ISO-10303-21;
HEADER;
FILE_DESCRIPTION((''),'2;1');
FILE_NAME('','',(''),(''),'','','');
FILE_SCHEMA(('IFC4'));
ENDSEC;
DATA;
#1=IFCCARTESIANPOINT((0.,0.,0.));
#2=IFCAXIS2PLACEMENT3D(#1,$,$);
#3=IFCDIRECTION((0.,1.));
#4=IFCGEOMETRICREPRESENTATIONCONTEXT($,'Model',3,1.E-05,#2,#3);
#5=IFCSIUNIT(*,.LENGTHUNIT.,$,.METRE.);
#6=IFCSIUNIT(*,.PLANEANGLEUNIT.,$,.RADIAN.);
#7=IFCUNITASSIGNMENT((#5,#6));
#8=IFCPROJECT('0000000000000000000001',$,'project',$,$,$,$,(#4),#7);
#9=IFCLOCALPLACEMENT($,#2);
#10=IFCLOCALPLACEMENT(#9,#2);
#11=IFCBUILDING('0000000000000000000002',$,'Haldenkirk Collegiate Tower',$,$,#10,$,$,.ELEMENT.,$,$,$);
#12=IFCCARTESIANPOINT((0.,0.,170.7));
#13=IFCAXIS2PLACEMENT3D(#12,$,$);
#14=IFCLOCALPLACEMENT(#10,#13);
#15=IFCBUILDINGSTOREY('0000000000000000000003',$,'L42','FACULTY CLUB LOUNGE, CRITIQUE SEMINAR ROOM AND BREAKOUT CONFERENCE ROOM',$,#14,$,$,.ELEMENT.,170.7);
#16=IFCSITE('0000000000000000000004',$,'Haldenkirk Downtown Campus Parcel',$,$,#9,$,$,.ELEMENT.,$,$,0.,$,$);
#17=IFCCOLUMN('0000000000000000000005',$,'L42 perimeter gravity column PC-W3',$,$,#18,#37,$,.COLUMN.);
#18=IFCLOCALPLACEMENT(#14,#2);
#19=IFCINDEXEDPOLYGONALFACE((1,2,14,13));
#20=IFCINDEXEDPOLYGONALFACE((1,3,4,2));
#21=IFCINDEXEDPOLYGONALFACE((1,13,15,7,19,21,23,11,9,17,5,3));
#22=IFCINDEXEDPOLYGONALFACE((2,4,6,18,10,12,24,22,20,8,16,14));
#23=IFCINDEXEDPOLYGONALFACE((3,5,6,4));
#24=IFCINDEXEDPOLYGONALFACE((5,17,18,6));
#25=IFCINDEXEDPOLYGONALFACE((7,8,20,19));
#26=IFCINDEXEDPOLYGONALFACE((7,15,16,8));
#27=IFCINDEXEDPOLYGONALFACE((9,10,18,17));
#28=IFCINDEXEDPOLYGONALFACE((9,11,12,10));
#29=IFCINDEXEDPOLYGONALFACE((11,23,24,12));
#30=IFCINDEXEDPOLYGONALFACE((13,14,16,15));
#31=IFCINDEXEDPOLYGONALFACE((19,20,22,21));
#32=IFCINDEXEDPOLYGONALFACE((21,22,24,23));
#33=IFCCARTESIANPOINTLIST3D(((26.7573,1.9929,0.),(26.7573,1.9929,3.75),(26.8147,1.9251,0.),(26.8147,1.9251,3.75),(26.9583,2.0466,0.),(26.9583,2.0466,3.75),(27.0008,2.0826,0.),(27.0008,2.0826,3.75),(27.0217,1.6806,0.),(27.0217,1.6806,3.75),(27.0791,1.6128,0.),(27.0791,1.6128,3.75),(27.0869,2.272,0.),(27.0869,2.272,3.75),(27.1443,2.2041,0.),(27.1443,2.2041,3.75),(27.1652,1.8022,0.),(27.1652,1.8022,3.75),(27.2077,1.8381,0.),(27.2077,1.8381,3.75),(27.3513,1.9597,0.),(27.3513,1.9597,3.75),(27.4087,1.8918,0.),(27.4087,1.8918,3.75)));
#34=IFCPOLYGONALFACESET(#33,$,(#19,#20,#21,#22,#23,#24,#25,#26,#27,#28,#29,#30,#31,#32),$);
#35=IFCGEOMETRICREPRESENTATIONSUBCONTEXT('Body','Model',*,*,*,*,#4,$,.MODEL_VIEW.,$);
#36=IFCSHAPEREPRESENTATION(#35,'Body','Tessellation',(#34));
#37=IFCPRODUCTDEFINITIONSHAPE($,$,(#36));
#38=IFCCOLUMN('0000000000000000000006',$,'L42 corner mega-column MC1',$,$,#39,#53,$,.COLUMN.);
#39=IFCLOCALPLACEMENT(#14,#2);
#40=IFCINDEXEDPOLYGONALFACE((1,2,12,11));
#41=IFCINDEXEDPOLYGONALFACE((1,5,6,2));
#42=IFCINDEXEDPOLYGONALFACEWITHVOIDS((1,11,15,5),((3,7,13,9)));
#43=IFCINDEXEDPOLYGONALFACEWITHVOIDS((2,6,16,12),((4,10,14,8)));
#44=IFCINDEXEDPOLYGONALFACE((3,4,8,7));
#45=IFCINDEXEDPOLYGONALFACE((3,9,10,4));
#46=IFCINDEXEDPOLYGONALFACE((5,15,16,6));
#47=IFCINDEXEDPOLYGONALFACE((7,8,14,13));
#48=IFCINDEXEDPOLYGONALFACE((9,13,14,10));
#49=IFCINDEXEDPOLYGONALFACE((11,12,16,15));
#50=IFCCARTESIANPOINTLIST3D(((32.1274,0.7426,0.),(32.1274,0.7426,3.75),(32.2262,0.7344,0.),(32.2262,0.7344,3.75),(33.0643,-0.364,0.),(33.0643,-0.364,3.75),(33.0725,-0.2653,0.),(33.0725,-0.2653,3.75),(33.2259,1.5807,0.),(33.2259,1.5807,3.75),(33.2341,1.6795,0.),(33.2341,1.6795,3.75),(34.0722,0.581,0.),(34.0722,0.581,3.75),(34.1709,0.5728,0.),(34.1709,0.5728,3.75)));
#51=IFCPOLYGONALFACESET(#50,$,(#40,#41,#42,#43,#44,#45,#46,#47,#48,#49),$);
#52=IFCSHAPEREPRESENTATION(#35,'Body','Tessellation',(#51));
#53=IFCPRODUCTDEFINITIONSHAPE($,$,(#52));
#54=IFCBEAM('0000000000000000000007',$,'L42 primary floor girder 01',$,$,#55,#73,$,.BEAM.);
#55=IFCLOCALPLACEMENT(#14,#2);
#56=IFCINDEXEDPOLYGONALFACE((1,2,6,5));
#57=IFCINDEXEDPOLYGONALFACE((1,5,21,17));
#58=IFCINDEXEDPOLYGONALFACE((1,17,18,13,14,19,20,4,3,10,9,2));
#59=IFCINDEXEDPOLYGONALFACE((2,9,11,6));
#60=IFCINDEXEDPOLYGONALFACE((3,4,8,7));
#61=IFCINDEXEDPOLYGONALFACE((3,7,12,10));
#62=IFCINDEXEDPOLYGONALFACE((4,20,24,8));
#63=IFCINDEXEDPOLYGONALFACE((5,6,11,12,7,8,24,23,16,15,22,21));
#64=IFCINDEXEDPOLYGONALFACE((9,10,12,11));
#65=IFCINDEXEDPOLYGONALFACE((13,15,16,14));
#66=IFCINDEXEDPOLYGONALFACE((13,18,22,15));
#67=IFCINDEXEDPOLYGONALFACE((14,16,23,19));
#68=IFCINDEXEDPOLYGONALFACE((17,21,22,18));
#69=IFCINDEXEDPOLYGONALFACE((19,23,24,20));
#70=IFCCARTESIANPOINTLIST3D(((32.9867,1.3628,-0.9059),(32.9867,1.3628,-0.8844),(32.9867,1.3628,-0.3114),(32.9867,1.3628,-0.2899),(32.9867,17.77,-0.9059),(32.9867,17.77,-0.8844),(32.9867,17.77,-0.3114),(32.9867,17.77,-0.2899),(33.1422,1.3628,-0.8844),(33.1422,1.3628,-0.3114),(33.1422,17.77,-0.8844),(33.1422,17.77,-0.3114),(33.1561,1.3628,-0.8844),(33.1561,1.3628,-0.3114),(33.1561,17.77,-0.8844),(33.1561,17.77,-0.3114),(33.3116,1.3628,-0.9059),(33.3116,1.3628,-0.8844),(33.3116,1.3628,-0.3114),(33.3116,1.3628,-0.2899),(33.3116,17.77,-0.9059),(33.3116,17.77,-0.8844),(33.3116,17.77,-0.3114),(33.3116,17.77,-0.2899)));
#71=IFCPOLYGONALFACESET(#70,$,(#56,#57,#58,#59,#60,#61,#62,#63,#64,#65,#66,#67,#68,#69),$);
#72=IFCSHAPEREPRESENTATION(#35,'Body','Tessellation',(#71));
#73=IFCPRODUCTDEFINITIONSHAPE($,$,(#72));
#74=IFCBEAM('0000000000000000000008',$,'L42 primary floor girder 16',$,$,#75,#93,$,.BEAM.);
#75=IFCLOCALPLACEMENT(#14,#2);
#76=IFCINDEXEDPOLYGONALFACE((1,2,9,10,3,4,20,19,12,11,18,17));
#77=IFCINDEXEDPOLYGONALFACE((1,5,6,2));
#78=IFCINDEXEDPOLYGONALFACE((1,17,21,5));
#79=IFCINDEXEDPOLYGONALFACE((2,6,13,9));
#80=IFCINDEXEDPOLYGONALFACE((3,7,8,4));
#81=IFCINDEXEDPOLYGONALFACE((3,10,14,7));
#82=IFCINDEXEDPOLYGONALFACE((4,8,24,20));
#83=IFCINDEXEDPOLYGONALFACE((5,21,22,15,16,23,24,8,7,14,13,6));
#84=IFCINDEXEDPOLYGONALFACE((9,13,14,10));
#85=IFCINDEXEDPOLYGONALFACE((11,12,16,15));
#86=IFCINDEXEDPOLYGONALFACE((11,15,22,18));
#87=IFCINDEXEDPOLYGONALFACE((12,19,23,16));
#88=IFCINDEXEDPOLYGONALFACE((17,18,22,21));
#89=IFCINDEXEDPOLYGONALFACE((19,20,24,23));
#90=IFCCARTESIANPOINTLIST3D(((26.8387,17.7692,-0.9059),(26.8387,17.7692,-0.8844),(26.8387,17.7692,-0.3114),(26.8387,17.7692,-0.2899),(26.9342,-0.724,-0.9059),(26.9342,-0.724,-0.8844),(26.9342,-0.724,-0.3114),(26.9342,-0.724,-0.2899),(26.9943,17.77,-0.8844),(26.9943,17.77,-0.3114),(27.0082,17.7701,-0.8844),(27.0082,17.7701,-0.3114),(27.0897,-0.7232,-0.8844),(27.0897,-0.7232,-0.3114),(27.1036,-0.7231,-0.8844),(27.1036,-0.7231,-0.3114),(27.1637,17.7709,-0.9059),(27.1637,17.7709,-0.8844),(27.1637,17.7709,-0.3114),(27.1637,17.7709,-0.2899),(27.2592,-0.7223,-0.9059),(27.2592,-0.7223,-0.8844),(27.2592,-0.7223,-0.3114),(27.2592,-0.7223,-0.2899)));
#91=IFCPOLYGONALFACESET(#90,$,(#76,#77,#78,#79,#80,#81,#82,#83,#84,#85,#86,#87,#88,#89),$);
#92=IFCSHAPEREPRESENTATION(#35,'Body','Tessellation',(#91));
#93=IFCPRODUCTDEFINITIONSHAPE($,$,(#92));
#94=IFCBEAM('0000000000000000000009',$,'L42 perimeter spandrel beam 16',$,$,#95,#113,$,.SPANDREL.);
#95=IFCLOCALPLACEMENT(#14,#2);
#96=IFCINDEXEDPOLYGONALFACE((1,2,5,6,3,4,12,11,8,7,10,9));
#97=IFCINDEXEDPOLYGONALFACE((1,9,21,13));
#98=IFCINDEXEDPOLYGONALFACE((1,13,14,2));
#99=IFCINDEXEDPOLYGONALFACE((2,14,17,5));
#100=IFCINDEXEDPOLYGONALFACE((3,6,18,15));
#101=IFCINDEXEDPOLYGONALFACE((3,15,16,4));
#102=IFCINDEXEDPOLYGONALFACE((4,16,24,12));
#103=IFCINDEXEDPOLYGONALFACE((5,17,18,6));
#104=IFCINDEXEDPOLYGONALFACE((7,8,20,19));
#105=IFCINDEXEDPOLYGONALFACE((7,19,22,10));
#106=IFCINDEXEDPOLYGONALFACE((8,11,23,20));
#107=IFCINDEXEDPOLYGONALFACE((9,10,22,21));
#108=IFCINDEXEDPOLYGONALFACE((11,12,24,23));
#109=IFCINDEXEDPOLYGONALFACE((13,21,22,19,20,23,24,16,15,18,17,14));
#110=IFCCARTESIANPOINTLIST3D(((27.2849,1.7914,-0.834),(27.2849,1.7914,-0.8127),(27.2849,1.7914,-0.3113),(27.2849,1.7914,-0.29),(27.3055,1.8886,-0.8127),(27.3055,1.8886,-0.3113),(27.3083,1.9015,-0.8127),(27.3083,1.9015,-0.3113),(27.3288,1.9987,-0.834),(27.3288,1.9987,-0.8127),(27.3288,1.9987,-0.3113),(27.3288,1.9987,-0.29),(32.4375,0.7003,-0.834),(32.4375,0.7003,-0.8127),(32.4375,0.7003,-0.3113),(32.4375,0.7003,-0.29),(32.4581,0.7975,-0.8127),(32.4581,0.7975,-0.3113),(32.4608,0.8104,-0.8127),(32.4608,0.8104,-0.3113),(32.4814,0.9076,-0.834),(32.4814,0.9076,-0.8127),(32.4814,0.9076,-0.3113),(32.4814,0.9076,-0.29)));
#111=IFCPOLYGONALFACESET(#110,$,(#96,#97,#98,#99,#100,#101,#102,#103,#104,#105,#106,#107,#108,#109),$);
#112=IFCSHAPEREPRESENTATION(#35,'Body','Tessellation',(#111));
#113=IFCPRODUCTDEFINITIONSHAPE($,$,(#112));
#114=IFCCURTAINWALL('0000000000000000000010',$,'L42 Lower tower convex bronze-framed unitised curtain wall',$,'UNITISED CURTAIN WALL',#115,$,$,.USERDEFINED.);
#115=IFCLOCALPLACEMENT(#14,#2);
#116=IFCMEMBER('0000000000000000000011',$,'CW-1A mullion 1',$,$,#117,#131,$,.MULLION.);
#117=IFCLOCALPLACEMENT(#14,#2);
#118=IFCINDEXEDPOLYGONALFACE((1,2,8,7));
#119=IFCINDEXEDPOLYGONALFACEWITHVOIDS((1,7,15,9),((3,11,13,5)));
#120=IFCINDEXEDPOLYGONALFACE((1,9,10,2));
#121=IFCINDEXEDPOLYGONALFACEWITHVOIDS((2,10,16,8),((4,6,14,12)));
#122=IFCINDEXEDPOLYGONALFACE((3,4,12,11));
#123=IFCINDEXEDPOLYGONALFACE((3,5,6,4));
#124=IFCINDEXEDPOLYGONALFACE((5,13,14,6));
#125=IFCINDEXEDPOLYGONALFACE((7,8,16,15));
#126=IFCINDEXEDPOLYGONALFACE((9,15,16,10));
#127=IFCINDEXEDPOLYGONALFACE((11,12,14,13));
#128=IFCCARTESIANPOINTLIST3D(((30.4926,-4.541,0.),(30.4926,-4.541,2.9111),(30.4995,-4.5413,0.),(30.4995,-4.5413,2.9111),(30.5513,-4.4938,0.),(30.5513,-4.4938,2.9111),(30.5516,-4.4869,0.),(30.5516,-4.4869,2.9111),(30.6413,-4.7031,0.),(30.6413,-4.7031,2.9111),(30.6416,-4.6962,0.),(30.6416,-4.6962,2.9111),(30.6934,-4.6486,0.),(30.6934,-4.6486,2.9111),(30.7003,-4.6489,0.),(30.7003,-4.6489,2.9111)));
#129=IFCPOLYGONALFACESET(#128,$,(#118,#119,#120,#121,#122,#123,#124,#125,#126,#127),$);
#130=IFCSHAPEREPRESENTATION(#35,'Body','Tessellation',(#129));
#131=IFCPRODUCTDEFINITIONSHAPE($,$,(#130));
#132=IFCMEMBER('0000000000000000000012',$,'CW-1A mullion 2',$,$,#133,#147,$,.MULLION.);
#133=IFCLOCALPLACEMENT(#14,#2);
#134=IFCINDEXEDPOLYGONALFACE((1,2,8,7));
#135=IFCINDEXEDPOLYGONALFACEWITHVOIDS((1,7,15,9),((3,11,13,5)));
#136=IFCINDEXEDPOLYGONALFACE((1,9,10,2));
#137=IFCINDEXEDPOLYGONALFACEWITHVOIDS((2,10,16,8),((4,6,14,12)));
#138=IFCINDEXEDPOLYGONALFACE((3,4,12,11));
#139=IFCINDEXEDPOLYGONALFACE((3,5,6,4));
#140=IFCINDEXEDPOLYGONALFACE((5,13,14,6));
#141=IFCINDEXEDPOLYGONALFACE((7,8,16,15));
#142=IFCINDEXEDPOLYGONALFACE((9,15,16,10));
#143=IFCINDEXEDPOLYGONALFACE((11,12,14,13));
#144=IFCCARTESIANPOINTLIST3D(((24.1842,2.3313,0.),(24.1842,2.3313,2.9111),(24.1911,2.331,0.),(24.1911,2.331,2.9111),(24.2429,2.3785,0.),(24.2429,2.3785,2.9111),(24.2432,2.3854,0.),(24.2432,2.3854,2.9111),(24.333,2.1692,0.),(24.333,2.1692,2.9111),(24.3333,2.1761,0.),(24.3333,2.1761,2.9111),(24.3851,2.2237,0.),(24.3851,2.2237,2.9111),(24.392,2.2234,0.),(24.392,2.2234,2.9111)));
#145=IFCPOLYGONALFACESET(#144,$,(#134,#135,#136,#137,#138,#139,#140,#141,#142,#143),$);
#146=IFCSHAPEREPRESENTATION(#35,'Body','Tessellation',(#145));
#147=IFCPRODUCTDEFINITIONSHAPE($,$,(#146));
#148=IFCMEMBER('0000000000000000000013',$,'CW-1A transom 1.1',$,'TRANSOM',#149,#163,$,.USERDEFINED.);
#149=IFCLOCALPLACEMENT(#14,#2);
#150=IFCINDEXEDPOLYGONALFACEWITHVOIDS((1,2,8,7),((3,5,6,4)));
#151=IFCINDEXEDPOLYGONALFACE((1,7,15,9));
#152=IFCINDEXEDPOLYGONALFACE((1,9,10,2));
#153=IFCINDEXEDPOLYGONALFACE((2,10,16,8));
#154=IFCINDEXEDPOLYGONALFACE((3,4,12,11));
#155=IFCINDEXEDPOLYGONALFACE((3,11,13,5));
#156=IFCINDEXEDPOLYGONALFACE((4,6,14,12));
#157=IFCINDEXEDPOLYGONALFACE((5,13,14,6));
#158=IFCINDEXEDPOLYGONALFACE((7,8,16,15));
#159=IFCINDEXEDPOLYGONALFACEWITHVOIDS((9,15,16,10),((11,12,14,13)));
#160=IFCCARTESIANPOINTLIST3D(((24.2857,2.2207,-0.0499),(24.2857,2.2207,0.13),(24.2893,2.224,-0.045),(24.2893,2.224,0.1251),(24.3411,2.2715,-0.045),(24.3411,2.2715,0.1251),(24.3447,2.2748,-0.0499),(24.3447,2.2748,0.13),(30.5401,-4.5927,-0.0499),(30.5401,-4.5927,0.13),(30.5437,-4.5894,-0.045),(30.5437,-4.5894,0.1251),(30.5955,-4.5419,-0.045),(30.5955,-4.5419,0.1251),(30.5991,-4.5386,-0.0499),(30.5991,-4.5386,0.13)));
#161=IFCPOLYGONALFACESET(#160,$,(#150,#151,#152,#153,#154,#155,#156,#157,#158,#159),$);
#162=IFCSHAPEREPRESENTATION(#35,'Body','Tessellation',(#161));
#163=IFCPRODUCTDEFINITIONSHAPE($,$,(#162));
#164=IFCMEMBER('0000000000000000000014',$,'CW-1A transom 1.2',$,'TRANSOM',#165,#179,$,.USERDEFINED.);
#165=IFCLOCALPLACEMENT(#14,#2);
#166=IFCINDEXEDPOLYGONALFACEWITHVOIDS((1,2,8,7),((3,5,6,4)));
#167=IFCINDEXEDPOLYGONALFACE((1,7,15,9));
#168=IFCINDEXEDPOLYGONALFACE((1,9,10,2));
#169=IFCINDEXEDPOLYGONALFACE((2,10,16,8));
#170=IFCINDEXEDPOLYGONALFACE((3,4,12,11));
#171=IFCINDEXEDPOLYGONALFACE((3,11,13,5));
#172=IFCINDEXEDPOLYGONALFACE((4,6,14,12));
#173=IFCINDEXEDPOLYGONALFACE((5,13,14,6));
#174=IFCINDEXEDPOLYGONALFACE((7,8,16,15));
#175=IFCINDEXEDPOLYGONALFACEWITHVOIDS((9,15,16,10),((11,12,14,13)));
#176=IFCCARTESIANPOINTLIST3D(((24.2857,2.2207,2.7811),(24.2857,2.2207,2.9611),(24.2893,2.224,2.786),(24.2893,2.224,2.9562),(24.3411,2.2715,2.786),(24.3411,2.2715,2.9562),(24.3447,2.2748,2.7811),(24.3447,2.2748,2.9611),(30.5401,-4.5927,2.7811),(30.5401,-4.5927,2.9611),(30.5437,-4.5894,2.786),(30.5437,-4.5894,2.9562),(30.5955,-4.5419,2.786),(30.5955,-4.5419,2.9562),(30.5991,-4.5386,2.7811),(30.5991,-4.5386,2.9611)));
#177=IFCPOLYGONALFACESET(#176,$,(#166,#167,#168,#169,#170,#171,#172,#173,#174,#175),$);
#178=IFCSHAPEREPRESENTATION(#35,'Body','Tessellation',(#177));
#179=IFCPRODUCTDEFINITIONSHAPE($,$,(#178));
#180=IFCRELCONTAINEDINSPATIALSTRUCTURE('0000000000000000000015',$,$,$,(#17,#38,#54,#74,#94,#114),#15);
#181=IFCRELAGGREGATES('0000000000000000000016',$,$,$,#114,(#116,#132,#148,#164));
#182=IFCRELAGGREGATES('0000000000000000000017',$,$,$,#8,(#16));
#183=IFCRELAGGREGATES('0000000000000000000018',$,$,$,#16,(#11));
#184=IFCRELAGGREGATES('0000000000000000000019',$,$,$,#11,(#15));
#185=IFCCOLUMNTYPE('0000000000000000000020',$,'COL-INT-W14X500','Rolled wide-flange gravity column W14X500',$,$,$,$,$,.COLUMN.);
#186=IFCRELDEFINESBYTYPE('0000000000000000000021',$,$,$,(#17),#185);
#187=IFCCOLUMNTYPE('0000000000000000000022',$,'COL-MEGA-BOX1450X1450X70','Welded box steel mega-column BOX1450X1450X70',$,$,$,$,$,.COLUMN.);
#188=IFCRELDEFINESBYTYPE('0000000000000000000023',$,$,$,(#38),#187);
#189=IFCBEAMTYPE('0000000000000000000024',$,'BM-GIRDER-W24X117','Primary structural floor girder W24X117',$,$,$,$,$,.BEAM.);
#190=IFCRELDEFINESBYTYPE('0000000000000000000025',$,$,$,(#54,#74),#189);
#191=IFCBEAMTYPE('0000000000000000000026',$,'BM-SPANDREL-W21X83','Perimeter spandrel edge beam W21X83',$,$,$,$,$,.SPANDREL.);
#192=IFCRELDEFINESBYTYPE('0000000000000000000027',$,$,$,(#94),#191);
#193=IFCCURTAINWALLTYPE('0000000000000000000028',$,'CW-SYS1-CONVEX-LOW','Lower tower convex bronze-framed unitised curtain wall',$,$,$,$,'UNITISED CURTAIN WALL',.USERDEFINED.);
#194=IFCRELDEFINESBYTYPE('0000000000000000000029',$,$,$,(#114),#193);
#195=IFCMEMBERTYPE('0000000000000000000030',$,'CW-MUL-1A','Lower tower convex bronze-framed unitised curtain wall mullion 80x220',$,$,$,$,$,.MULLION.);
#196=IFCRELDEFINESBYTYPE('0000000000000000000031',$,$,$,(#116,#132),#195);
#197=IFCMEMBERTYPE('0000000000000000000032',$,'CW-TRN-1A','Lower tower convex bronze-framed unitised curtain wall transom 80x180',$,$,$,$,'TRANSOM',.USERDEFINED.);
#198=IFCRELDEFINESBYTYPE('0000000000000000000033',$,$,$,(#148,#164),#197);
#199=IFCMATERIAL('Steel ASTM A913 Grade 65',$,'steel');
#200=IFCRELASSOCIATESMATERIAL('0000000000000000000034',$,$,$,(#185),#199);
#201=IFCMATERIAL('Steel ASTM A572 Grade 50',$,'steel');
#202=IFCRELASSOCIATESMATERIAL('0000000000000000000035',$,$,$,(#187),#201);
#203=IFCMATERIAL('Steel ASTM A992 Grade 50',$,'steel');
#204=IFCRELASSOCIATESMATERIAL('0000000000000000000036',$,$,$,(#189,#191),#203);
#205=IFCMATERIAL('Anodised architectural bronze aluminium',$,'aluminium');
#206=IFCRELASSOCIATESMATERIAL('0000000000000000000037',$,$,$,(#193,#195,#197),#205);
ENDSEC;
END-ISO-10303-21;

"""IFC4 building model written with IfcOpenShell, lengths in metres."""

from ifc_helpers import new_model, si_unit, direction, frame, origin, origin_2d, place, context, subcontext, project, spatial, hollow_rectangle, i_section, extrude, material, material_profile, profile_set, type_object, element, aggregate, save


model = new_model("IFC4")

# Units and contexts
model_context = context("Model", 3, precision=1e-05, world=origin(), true_north=direction((0.0, 1.0)))
body_context = subcontext(model_context, "Body", "Model", "MODEL_VIEW")
ifc_project = project(units=[si_unit("LENGTHUNIT", "METRE"), si_unit("PLANEANGLEUNIT", "RADIAN")], contexts=[model_context])

# Site, building, storey
site_placement = place(None, origin())
site = spatial("IfcSite", under=ifc_project, at=site_placement, Name="Haldenkirk Downtown Campus Parcel", CompositionType="ELEMENT", RefElevation=0.0)
building_placement = place(site_placement, origin())
building = spatial("IfcBuilding", under=site, at=building_placement, Name="Haldenkirk Collegiate Tower", CompositionType="ELEMENT")
storey_placement = place(building_placement, frame((0.0, 0.0, 170.7)))
storey = spatial("IfcBuildingStorey", under=building, at=storey_placement, Name="L42", Description="FACULTY CLUB LOUNGE, CRITIQUE SEMINAR ROOM AND BREAKOUT CONFERENCE ROOM", CompositionType="ELEMENT", Elevation=170.7)

# Columns
ifc_material_1 = material(Name="Steel ASTM A913 Grade 65", Category="steel")
ifc_material_profile_1 = material_profile(ifc_material_1, i_section(OverallWidth=0.4319, OverallDepth=0.498, WebThickness=0.0557, FlangeThickness=0.0889, at=origin_2d()), Name="W14X500")
ifc_profile_set_1 = profile_set([ifc_material_profile_1], Name="Steel ASTM A913 Grade 65")
column_type_1 = type_object("IfcColumnType", Name="COL-INT-W14X500", Description="Rolled wide-flange gravity column W14X500", PredefinedType="COLUMN", material=ifc_profile_set_1)
column_1_placement = place(storey_placement, frame((27.083, 1.9424, 0.0), z_axis=(0.0, 0.0, 1.0), x_axis=(0.763232, 0.646124, 0.0)))
element("IfcColumn", 1, at=column_1_placement, inside=storey, type_object=column_type_1, Name="L42 perimeter gravity column PC-W3", PredefinedType="COLUMN", context=body_context, shape_type="SweptSolid", body=[
    extrude(i_section(OverallWidth=0.4319, OverallDepth=0.498, WebThickness=0.0557, FlangeThickness=0.0889, at=origin_2d()), origin(), (0.0, 0.0, 1.0), 3.75),
])
ifc_material_2 = material(Name="Steel ASTM A572 Grade 50", Category="steel")
ifc_material_profile_2 = material_profile(ifc_material_2, hollow_rectangle(XDim=1.45, YDim=1.45, WallThickness=0.0701, at=origin_2d()), Name="BOX1450X1450X70")
ifc_profile_set_2 = profile_set([ifc_material_profile_2], Name="Steel ASTM A572 Grade 50")
column_type_2 = type_object("IfcColumnType", Name="COL-MEGA-BOX1450X1450X70", Description="Welded box steel mega-column BOX1450X1450X70", PredefinedType="COLUMN", material=ifc_profile_set_2)
column_2_placement = place(storey_placement, frame((33.1492, 0.6577, 0.0), z_axis=(0.0, 0.0, 1.0), x_axis=(0.763232, 0.646124, 0.0)))
element("IfcColumn", 2, at=column_2_placement, inside=storey, type_object=column_type_2, Name="L42 corner mega-column MC1", PredefinedType="COLUMN", context=body_context, shape_type="SweptSolid", body=[
    extrude(hollow_rectangle(XDim=1.45, YDim=1.45, WallThickness=0.0701, at=origin_2d()), origin(), (0.0, 0.0, 1.0), 3.75),
])

# Beams
ifc_material_3 = material(Name="Steel ASTM A992 Grade 50", Category="steel")
ifc_material_profile_3 = material_profile(ifc_material_3, i_section(OverallWidth=0.325, OverallDepth=0.616, WebThickness=0.0139, FlangeThickness=0.0215, at=origin_2d()), Name="W24X117")
ifc_profile_set_3 = profile_set([ifc_material_profile_3], Name="Steel ASTM A992 Grade 50")
beam_type_1 = type_object("IfcBeamType", Name="BM-GIRDER-W24X117", Description="Primary structural floor girder W24X117", PredefinedType="BEAM", material=ifc_profile_set_3)
beam_1_placement = place(storey_placement, frame((33.1492, 1.3628, -0.5979), z_axis=(0.0, 1.0, 0.0), x_axis=(-1.0, 0.0, 0.0)))
element("IfcBeam", 3, at=beam_1_placement, inside=storey, type_object=beam_type_1, Name="L42 primary floor girder 01", PredefinedType="BEAM", context=body_context, shape_type="SweptSolid", body=[
    extrude(i_section(OverallWidth=0.325, OverallDepth=0.616, WebThickness=0.0139, FlangeThickness=0.0215, at=origin_2d()), origin(), (0.0, 0.0, 1.0), 16.4072),
])
beam_2_placement = place(storey_placement, frame((27.0967, -0.7231, -0.5979), z_axis=(-0.005162, 0.999987, 0.0), x_axis=(-0.999987, -0.005162, 0.0)))
element("IfcBeam", 4, at=beam_2_placement, inside=storey, type_object=beam_type_1, Name="L42 primary floor girder 16", PredefinedType="BEAM", context=body_context, shape_type="SweptSolid", body=[
    extrude(i_section(OverallWidth=0.325, OverallDepth=0.616, WebThickness=0.0139, FlangeThickness=0.0215, at=origin_2d()), origin(), (0.0, 0.0, 1.0), 18.4934),
])
ifc_material_profile_4 = material_profile(ifc_material_3, i_section(OverallWidth=0.2119, OverallDepth=0.5439, WebThickness=0.0132, FlangeThickness=0.0212, at=origin_2d()), Name="W21X83")
ifc_profile_set_4 = profile_set([ifc_material_profile_4], Name="Steel ASTM A992 Grade 50")
beam_type_2 = type_object("IfcBeamType", Name="BM-SPANDREL-W21X83", Description="Perimeter spandrel edge beam W21X83", PredefinedType="SPANDREL", material=ifc_profile_set_4)
beam_3_placement = place(storey_placement, frame((27.3069, 1.895, -0.562), z_axis=(0.978308, -0.207157, 0.0), x_axis=(0.207157, 0.978308, 0.0)))
element("IfcBeam", 5, at=beam_3_placement, inside=storey, type_object=beam_type_2, Name="L42 perimeter spandrel beam 16", PredefinedType="SPANDREL", context=body_context, shape_type="SweptSolid", body=[
    extrude(i_section(OverallWidth=0.2119, OverallDepth=0.5439, WebThickness=0.0132, FlangeThickness=0.0212, at=origin_2d()), origin(), (0.0, 0.0, 1.0), 5.2668),
])

# Curtain wall, members
ifc_material_4 = material(Name="Anodised architectural bronze aluminium", Category="aluminium")
curtain_wall_type = type_object("IfcCurtainWallType", Name="CW-SYS1-CONVEX-LOW", Description="Lower tower convex bronze-framed unitised curtain wall", ElementType="UNITISED CURTAIN WALL", PredefinedType="USERDEFINED", material=ifc_material_4)
curtain_wall_placement = place(storey_placement, origin())
curtain_wall = element("IfcCurtainWall", 6, at=curtain_wall_placement, inside=storey, type_object=curtain_wall_type, Name="L42 Lower tower convex bronze-framed unitised curtain wall", ObjectType="UNITISED CURTAIN WALL", PredefinedType="USERDEFINED")
ifc_material_profile_5 = material_profile(ifc_material_4, hollow_rectangle(XDim=0.0801, YDim=0.22, WallThickness=0.0049, at=origin_2d()), Name="CW-MUL-1A")
ifc_profile_set_5 = profile_set([ifc_material_profile_5], Name="Anodised architectural bronze aluminium")
member_type_1 = type_object("IfcMemberType", Name="CW-MUL-1A", Description="Lower tower convex bronze-framed unitised curtain wall mullion 80x220", PredefinedType="MULLION", material=ifc_profile_set_5)
member_1_placement = place(storey_placement, frame((30.5964, -4.595, 0.0), z_axis=(0.0, 0.0, 1.0), x_axis=(-0.736689, -0.676232, 0.0)))
member_1 = element("IfcMember", 7, at=member_1_placement, type_object=member_type_1, Name="CW-1A mullion 1", PredefinedType="MULLION", context=body_context, shape_type="SweptSolid", body=[
    extrude(hollow_rectangle(XDim=0.0801, YDim=0.22, WallThickness=0.0049, at=origin_2d()), origin(), (0.0, 0.0, 1.0), 2.9111),
])
member_2_placement = place(storey_placement, frame((24.2881, 2.2773, 0.0), z_axis=(0.0, 0.0, 1.0), x_axis=(-0.736689, -0.676232, 0.0)))
member_2 = element("IfcMember", 8, at=member_2_placement, type_object=member_type_1, Name="CW-1A mullion 2", PredefinedType="MULLION", context=body_context, shape_type="SweptSolid", body=[
    extrude(hollow_rectangle(XDim=0.0801, YDim=0.22, WallThickness=0.0049, at=origin_2d()), origin(), (0.0, 0.0, 1.0), 2.9111),
])
ifc_material_profile_6 = material_profile(ifc_material_4, hollow_rectangle(XDim=0.0801, YDim=0.1799, WallThickness=0.0049, at=origin_2d()), Name="CW-TRN-1A")
ifc_profile_set_6 = profile_set([ifc_material_profile_6], Name="Anodised architectural bronze aluminium")
member_type_2 = type_object("IfcMemberType", Name="CW-TRN-1A", Description="Lower tower convex bronze-framed unitised curtain wall transom 80x180", ElementType="TRANSOM", PredefinedType="USERDEFINED", material=ifc_profile_set_6)
member_3_placement = place(storey_placement, frame((30.5696, -4.5657, 0.04), z_axis=(-0.676236, 0.736685, 0.0), x_axis=(-0.736685, -0.676236, 0.0)))
member_3 = element("IfcMember", 9, at=member_3_placement, type_object=member_type_2, Name="CW-1A transom 1.1", ObjectType="TRANSOM", PredefinedType="USERDEFINED", context=body_context, shape_type="SweptSolid", body=[
    extrude(hollow_rectangle(XDim=0.0801, YDim=0.1799, WallThickness=0.0049, at=origin_2d()), origin(), (0.0, 0.0, 1.0), 9.2488),
])
member_4_placement = place(storey_placement, frame((30.5696, -4.5657, 2.8711), z_axis=(-0.676236, 0.736685, 0.0), x_axis=(-0.736685, -0.676236, 0.0)))
member_4 = element("IfcMember", 10, at=member_4_placement, type_object=member_type_2, Name="CW-1A transom 1.2", ObjectType="TRANSOM", PredefinedType="USERDEFINED", context=body_context, shape_type="SweptSolid", body=[
    extrude(hollow_rectangle(XDim=0.0801, YDim=0.1799, WallThickness=0.0049, at=origin_2d()), origin(), (0.0, 0.0, 1.0), 9.2488),
])
aggregate(curtain_wall, [member_1, member_2, member_3, member_4])

save(model, "model.ifc")
